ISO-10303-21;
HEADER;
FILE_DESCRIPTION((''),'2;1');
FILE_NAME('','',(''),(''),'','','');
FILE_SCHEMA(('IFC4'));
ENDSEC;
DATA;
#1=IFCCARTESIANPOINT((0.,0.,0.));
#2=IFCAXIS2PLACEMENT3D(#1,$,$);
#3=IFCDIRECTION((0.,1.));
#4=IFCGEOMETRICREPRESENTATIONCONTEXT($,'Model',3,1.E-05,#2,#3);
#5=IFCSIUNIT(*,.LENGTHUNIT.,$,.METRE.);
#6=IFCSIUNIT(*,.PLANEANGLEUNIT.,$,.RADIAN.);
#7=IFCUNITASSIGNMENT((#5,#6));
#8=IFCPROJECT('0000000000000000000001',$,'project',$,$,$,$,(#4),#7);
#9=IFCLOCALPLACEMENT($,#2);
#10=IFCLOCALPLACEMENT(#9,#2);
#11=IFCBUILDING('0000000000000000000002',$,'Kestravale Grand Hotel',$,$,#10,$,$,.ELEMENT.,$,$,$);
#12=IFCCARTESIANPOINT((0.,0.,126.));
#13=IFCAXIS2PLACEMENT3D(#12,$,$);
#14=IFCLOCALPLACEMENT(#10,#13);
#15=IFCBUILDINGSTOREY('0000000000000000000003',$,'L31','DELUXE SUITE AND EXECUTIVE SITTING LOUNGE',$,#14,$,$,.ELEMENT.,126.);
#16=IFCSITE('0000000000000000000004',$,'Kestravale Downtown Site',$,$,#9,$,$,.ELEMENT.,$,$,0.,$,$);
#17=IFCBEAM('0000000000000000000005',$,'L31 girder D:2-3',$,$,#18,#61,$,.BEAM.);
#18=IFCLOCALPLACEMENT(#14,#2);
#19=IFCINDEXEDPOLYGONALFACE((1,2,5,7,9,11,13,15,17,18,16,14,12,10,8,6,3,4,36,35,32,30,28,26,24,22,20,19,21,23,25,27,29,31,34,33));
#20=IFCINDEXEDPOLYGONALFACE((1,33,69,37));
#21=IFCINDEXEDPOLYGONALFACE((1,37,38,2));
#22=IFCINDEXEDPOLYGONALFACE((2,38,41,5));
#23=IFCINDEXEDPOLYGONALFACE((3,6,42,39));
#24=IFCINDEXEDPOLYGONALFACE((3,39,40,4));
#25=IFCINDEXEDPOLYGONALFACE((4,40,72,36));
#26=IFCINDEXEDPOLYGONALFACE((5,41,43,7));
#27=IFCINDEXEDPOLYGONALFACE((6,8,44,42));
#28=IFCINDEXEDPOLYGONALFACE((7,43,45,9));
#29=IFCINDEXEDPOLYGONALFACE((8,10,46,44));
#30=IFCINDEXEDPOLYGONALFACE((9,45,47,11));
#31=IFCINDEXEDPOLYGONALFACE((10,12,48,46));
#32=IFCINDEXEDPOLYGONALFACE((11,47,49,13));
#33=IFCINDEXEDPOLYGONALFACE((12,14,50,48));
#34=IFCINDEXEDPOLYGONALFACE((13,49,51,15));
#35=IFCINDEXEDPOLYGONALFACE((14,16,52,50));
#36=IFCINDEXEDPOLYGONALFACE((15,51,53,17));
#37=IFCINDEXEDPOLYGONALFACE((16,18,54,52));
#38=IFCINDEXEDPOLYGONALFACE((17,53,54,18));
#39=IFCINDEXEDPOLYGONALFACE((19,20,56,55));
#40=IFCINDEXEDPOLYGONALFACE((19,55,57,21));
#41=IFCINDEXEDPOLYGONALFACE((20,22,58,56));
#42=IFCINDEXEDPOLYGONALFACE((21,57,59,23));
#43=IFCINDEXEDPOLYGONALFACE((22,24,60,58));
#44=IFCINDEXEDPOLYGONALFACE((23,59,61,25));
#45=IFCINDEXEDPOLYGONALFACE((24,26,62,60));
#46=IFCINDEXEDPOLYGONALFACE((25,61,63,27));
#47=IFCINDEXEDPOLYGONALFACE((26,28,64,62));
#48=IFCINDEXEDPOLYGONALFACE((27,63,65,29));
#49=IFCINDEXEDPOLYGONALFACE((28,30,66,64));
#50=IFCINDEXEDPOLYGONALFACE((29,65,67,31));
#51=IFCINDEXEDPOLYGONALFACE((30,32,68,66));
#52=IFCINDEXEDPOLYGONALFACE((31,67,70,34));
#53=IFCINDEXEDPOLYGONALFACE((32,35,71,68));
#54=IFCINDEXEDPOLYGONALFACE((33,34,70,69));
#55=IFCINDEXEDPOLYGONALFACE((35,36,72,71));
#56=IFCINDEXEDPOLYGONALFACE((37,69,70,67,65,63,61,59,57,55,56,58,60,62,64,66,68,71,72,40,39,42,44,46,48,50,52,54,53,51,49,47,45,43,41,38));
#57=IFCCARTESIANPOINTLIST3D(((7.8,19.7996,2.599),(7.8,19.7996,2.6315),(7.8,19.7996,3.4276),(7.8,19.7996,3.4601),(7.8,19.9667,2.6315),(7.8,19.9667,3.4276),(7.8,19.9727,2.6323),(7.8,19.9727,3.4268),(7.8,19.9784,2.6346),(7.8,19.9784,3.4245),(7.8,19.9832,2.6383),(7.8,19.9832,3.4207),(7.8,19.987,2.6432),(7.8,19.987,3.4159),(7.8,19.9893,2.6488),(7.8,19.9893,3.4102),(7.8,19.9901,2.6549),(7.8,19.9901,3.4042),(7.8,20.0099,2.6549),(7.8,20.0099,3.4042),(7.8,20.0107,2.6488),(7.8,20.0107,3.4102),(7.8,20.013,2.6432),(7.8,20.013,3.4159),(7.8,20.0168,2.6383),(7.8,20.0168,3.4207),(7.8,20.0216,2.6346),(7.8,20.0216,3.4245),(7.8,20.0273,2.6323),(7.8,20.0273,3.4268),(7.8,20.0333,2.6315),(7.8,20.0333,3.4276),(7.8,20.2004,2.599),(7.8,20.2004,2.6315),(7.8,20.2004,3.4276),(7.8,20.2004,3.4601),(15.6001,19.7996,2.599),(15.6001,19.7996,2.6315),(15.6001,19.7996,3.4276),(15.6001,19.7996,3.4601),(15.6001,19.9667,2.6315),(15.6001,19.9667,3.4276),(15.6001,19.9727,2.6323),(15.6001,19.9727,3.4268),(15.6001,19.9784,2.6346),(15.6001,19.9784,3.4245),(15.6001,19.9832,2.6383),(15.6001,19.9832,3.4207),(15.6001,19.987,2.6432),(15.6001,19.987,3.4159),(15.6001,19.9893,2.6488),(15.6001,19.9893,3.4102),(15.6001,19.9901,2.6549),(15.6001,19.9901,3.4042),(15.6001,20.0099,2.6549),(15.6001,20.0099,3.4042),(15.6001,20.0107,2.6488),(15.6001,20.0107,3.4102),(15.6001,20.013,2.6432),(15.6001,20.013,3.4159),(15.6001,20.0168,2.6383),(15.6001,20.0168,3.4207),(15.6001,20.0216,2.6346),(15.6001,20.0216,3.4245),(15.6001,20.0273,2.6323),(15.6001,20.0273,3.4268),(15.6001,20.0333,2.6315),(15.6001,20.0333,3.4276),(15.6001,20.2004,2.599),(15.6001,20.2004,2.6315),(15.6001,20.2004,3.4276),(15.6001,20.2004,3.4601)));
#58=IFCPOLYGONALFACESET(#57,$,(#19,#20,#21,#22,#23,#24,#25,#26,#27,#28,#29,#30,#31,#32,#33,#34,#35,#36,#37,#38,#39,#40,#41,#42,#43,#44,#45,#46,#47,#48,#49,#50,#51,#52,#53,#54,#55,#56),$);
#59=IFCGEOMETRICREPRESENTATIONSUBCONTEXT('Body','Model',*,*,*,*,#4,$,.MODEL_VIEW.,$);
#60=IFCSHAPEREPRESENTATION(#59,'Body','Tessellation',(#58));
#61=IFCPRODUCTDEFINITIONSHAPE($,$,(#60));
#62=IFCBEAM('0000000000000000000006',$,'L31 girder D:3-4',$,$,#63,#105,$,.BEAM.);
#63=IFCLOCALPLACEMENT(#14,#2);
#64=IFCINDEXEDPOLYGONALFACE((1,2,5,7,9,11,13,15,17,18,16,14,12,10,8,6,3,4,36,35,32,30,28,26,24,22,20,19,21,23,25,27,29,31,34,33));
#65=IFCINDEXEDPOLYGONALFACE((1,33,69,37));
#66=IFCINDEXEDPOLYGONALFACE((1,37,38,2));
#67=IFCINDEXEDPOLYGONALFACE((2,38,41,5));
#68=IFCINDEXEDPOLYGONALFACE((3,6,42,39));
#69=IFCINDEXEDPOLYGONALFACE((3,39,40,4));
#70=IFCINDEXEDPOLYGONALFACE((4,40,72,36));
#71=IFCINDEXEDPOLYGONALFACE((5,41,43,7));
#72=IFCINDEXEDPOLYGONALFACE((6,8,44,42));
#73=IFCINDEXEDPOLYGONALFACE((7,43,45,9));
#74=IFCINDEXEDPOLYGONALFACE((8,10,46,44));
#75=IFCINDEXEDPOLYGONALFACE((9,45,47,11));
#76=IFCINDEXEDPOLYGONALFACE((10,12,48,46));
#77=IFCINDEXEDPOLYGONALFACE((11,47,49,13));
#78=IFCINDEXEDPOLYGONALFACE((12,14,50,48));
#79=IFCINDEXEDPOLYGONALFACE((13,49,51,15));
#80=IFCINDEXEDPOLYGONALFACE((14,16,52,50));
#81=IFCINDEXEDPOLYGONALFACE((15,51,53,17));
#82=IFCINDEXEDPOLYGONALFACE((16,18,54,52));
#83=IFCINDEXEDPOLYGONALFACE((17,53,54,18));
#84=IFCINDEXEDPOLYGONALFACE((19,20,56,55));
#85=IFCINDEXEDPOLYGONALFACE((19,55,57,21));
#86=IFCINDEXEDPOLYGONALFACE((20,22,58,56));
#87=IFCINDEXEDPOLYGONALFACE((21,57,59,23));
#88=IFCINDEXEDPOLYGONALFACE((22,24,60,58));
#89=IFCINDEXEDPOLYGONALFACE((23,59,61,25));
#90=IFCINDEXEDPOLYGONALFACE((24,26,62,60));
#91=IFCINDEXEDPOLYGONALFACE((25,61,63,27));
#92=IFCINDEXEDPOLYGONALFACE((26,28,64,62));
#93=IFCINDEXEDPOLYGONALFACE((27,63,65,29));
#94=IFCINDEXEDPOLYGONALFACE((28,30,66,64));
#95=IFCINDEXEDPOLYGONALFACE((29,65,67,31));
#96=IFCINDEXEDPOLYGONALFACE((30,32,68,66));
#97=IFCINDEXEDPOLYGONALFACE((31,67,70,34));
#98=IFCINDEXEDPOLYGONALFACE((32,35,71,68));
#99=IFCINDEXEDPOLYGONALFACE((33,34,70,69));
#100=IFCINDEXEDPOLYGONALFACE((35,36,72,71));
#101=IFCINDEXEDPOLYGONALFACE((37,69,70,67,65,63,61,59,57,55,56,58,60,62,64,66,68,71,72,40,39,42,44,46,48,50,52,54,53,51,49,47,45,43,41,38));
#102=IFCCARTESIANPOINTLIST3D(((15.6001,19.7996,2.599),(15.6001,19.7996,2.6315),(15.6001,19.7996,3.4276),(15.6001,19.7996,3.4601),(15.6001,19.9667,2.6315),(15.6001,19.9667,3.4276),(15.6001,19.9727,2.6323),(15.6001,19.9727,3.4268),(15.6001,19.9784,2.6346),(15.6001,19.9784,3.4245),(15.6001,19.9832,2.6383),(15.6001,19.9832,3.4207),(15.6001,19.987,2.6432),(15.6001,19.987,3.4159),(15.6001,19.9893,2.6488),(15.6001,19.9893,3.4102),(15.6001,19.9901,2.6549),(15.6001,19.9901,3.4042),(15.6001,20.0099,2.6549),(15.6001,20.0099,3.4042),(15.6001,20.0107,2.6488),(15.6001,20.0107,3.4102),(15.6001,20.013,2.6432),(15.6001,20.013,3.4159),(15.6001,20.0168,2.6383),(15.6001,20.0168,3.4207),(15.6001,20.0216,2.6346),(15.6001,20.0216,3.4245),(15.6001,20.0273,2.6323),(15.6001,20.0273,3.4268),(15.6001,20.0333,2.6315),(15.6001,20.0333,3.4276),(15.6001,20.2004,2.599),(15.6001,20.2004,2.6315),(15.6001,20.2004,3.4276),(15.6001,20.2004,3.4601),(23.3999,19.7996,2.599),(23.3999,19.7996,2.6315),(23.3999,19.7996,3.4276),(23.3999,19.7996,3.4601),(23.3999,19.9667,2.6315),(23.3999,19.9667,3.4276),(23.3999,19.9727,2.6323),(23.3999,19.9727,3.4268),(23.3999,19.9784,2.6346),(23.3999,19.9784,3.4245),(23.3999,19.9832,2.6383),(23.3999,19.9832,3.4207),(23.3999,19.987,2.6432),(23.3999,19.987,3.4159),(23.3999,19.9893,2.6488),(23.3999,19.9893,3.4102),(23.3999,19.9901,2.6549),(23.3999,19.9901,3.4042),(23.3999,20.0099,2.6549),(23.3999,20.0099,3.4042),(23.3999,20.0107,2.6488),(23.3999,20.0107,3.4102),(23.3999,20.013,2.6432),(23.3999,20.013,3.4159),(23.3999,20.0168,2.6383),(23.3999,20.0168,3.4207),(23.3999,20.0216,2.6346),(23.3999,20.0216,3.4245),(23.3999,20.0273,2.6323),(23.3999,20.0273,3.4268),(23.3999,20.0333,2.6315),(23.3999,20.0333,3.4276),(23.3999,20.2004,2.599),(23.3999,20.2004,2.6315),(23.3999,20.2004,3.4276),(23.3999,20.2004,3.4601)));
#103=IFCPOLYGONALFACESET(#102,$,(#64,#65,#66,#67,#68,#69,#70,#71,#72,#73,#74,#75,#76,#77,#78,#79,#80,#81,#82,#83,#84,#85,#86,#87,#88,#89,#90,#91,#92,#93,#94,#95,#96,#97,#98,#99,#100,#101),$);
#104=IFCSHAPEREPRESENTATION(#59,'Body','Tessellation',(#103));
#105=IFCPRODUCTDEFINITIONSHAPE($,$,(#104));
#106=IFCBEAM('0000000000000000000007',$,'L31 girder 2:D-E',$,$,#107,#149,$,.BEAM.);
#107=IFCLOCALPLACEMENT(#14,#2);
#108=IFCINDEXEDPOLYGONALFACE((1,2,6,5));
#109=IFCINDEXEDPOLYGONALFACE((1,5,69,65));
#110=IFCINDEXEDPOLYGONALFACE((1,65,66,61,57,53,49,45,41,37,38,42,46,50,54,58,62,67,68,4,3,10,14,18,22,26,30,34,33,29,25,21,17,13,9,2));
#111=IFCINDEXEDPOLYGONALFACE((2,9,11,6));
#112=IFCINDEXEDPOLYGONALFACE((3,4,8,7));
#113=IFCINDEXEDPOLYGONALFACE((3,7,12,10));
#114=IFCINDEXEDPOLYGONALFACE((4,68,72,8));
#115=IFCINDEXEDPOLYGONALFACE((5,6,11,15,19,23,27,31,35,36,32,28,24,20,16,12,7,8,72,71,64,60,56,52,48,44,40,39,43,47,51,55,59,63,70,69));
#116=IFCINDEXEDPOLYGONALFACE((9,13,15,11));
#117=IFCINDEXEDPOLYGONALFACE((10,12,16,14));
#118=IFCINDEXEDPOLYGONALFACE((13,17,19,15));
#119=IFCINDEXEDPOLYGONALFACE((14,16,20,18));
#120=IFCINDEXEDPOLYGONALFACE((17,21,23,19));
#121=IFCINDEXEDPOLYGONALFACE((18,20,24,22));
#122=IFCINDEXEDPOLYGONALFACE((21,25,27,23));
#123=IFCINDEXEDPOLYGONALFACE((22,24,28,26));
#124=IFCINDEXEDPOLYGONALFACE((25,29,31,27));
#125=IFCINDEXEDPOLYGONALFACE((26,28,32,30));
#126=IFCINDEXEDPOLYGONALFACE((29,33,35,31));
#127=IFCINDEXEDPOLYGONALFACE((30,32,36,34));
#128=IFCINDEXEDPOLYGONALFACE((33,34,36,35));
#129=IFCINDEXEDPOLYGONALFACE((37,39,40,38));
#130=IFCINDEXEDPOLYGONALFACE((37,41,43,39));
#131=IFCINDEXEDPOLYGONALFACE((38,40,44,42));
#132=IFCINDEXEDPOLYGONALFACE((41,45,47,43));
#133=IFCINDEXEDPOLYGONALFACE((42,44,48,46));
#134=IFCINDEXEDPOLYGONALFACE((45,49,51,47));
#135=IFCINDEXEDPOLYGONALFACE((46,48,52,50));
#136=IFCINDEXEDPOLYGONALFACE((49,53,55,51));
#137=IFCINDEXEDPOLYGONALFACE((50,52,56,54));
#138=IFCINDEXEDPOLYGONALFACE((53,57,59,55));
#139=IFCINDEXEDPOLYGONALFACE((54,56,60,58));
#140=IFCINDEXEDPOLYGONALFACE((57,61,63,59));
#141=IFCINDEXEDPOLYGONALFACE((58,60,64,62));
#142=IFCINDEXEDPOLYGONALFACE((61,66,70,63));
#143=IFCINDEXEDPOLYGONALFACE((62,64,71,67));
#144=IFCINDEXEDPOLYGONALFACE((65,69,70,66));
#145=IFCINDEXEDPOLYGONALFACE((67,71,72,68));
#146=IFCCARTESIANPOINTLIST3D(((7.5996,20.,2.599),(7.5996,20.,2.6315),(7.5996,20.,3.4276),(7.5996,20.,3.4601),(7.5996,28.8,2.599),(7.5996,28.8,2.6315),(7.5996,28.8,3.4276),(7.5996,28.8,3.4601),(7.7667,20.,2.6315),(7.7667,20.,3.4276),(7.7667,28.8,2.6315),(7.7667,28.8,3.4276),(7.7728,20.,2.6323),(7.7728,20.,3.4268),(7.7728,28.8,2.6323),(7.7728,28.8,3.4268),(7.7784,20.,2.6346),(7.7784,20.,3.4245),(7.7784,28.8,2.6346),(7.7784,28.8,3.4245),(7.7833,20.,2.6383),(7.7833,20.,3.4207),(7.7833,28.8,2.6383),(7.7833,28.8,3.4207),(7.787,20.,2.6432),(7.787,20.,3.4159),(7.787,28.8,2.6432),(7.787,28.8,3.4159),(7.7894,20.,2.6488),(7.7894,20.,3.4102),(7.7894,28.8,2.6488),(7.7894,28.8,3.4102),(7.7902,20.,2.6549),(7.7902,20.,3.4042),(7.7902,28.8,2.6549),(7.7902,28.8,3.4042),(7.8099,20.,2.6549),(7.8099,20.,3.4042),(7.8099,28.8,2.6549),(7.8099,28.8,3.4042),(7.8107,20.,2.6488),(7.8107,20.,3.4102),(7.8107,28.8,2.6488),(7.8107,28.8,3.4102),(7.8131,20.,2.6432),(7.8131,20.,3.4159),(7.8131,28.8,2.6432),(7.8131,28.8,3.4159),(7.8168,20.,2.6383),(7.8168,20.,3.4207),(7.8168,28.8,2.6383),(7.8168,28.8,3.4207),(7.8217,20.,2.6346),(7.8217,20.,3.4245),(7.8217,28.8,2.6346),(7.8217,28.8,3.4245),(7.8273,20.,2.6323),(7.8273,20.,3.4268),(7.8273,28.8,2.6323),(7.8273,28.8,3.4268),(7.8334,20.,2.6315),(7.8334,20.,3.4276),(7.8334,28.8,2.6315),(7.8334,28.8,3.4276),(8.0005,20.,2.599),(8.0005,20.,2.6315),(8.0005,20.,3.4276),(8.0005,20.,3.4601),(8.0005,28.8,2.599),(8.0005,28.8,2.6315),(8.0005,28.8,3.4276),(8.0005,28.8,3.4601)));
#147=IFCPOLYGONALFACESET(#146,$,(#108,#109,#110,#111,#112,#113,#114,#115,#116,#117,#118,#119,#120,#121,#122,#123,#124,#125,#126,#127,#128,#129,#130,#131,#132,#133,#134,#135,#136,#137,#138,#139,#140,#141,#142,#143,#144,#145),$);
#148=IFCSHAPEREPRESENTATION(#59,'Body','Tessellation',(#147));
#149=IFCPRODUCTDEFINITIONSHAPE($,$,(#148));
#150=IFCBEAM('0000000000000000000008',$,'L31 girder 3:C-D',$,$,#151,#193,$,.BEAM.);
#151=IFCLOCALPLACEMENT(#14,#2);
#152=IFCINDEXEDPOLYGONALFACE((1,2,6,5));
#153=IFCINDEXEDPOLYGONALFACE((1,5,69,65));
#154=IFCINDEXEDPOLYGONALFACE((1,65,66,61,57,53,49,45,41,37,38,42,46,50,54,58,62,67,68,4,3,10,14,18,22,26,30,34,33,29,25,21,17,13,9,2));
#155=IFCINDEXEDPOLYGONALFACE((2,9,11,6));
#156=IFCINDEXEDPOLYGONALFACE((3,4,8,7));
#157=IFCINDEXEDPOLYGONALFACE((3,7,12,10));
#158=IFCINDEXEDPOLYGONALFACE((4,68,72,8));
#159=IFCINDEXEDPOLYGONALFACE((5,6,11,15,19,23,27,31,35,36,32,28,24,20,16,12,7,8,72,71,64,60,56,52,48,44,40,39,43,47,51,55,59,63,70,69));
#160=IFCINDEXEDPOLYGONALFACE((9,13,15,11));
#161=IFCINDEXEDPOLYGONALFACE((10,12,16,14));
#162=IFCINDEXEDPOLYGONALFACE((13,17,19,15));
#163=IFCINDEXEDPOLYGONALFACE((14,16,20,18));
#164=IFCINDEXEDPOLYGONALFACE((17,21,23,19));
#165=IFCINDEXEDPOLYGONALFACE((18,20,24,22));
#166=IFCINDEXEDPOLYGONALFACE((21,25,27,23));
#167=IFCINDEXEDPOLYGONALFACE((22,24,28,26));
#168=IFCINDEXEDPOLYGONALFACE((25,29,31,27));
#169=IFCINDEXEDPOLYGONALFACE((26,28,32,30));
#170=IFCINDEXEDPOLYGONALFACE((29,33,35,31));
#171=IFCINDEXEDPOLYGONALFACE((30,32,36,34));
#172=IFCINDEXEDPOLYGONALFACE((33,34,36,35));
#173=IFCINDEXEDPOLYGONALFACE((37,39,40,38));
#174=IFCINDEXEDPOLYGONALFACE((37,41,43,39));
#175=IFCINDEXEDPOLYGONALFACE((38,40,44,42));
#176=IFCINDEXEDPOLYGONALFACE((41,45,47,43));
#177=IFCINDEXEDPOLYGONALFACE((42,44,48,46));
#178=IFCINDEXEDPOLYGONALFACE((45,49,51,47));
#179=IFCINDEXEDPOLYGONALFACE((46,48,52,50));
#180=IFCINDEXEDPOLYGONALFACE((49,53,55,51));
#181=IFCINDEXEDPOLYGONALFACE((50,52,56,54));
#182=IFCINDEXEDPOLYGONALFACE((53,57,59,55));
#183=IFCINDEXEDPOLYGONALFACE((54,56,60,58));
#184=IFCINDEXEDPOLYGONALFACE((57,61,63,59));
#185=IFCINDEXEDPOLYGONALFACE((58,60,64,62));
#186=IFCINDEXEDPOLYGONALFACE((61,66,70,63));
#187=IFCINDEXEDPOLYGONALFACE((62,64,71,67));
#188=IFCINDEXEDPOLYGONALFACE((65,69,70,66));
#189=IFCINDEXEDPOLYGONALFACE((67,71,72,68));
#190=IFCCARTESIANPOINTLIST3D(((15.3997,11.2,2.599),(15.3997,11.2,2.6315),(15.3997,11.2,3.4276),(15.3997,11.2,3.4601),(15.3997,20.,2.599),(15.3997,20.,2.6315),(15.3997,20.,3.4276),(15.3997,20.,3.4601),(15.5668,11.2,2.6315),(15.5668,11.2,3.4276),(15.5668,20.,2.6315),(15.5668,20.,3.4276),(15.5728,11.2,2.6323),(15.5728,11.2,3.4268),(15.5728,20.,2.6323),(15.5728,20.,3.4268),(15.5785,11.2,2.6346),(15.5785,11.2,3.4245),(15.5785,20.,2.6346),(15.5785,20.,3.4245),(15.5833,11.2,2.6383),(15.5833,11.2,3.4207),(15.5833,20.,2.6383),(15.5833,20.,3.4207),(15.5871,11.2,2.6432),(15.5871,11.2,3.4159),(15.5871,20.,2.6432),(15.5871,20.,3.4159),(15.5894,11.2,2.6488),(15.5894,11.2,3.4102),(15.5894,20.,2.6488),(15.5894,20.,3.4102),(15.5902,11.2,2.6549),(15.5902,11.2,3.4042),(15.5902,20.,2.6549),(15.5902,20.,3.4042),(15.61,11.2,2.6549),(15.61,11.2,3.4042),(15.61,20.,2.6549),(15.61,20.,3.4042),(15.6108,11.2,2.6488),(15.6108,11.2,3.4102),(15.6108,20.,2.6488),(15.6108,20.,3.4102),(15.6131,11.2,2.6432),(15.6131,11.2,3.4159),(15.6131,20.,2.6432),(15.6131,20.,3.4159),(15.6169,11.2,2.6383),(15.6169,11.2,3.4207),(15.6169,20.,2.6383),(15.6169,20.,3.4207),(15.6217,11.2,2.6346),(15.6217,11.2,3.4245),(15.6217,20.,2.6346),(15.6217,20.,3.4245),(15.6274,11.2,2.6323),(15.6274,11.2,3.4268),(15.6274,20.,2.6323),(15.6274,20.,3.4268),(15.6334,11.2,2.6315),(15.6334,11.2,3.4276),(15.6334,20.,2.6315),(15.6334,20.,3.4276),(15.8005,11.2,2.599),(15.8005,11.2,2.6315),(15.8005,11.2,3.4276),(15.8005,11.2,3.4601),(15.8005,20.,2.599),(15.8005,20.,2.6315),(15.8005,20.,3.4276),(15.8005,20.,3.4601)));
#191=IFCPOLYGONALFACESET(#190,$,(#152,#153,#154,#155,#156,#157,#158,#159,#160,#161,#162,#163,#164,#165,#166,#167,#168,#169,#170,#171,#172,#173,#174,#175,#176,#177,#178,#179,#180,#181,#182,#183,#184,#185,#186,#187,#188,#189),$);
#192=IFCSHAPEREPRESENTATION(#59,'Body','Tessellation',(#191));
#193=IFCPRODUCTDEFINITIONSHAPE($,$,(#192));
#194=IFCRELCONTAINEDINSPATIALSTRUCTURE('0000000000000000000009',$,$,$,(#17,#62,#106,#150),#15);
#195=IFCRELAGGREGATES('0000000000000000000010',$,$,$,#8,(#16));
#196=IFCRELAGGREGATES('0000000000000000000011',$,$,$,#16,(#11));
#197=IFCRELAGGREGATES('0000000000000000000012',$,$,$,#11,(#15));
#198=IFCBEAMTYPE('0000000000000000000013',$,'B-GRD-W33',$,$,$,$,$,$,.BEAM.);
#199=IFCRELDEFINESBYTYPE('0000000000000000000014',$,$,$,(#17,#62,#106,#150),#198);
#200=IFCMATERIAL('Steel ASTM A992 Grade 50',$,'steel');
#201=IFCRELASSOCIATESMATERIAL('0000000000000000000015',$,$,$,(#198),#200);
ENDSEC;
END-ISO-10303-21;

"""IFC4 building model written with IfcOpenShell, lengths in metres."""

from ifc_helpers import new_model, si_unit, direction, frame, origin, origin_2d, place, context, subcontext, project, spatial, i_section, extrude, material, material_profile, profile_set, type_object, element, save


model = new_model("IFC4")

# Units and contexts
model_context = context("Model", 3, precision=1e-05, world=origin(), true_north=direction((0.0, 1.0)))
body_context = subcontext(model_context, "Body", "Model", "MODEL_VIEW")
ifc_project = project(units=[si_unit("LENGTHUNIT", "METRE"), si_unit("PLANEANGLEUNIT", "RADIAN")], contexts=[model_context])

# Site, building, storey
site_placement = place(None, origin())
site = spatial("IfcSite", under=ifc_project, at=site_placement, Name="Kestravale Downtown Site", CompositionType="ELEMENT", RefElevation=0.0)
building_placement = place(site_placement, origin())
building = spatial("IfcBuilding", under=site, at=building_placement, Name="Kestravale Grand Hotel", CompositionType="ELEMENT")
storey_placement = place(building_placement, frame((0.0, 0.0, 126.0)))
storey = spatial("IfcBuildingStorey", under=building, at=storey_placement, Name="L31", Description="DELUXE SUITE AND EXECUTIVE SITTING LOUNGE", CompositionType="ELEMENT", Elevation=126.0)

# Beams
ifc_material_1 = material(Name="Steel ASTM A992 Grade 50", Category="steel")
ifc_material_profile_1 = material_profile(ifc_material_1, i_section(OverallWidth=0.4009, OverallDepth=0.8611, WebThickness=0.0198, FlangeThickness=0.0325, FilletRadius=0.0234, at=origin_2d()))
ifc_profile_set_1 = profile_set([ifc_material_profile_1], Name="Steel ASTM A992 Grade 50")
beam_type_1 = type_object("IfcBeamType", Name="B-GRD-W33", PredefinedType="BEAM", material=ifc_profile_set_1)
beam_1_placement = place(storey_placement, frame((7.8, 20.0, 3.0295), z_axis=(1.0, 0.0, 0.0), x_axis=(0.0, 1.0, 0.0)))
element("IfcBeam", 1, at=beam_1_placement, inside=storey, type_object=beam_type_1, Name="L31 girder D:2-3", PredefinedType="BEAM", context=body_context, shape_type="SweptSolid", body=[
    extrude(i_section(OverallWidth=0.4009, OverallDepth=0.8611, WebThickness=0.0198, FlangeThickness=0.0325, FilletRadius=0.0234, at=origin_2d()), origin(), (0.0, 0.0, 1.0), 7.8),
])
beam_2_placement = place(storey_placement, frame((15.6001, 20.0, 3.0295), z_axis=(1.0, 0.0, 0.0), x_axis=(0.0, 1.0, 0.0)))
element("IfcBeam", 2, at=beam_2_placement, inside=storey, type_object=beam_type_1, Name="L31 girder D:3-4", PredefinedType="BEAM", context=body_context, shape_type="SweptSolid", body=[
    extrude(i_section(OverallWidth=0.4009, OverallDepth=0.8611, WebThickness=0.0198, FlangeThickness=0.0325, FilletRadius=0.0234, at=origin_2d()), origin(), (0.0, 0.0, 1.0), 7.7998),
])
for number, where, z_axis, x_axis, name in (
    (3, (7.8, 20.0, 3.0295), (0.0, 1.0, 0.0), (-1.0, 0.0, 0.0), "L31 girder 2:D-E"),
    (4, (15.6001, 11.2, 3.0295), (0.0, 1.0, 0.0), (-1.0, 0.0, 0.0), "L31 girder 3:C-D"),
):
    element("IfcBeam", number, at=place(storey_placement, frame(where, z_axis=z_axis, x_axis=x_axis)), inside=storey, type_object=beam_type_1, Name=name, PredefinedType="BEAM", context=body_context, shape_type="SweptSolid", body=[
        extrude(i_section(OverallWidth=0.4009, OverallDepth=0.8611, WebThickness=0.0198, FlangeThickness=0.0325, FilletRadius=0.0234, at=origin_2d()), origin(), (0.0, 0.0, 1.0), 8.8),
    ])

save(model, "model.ifc")
